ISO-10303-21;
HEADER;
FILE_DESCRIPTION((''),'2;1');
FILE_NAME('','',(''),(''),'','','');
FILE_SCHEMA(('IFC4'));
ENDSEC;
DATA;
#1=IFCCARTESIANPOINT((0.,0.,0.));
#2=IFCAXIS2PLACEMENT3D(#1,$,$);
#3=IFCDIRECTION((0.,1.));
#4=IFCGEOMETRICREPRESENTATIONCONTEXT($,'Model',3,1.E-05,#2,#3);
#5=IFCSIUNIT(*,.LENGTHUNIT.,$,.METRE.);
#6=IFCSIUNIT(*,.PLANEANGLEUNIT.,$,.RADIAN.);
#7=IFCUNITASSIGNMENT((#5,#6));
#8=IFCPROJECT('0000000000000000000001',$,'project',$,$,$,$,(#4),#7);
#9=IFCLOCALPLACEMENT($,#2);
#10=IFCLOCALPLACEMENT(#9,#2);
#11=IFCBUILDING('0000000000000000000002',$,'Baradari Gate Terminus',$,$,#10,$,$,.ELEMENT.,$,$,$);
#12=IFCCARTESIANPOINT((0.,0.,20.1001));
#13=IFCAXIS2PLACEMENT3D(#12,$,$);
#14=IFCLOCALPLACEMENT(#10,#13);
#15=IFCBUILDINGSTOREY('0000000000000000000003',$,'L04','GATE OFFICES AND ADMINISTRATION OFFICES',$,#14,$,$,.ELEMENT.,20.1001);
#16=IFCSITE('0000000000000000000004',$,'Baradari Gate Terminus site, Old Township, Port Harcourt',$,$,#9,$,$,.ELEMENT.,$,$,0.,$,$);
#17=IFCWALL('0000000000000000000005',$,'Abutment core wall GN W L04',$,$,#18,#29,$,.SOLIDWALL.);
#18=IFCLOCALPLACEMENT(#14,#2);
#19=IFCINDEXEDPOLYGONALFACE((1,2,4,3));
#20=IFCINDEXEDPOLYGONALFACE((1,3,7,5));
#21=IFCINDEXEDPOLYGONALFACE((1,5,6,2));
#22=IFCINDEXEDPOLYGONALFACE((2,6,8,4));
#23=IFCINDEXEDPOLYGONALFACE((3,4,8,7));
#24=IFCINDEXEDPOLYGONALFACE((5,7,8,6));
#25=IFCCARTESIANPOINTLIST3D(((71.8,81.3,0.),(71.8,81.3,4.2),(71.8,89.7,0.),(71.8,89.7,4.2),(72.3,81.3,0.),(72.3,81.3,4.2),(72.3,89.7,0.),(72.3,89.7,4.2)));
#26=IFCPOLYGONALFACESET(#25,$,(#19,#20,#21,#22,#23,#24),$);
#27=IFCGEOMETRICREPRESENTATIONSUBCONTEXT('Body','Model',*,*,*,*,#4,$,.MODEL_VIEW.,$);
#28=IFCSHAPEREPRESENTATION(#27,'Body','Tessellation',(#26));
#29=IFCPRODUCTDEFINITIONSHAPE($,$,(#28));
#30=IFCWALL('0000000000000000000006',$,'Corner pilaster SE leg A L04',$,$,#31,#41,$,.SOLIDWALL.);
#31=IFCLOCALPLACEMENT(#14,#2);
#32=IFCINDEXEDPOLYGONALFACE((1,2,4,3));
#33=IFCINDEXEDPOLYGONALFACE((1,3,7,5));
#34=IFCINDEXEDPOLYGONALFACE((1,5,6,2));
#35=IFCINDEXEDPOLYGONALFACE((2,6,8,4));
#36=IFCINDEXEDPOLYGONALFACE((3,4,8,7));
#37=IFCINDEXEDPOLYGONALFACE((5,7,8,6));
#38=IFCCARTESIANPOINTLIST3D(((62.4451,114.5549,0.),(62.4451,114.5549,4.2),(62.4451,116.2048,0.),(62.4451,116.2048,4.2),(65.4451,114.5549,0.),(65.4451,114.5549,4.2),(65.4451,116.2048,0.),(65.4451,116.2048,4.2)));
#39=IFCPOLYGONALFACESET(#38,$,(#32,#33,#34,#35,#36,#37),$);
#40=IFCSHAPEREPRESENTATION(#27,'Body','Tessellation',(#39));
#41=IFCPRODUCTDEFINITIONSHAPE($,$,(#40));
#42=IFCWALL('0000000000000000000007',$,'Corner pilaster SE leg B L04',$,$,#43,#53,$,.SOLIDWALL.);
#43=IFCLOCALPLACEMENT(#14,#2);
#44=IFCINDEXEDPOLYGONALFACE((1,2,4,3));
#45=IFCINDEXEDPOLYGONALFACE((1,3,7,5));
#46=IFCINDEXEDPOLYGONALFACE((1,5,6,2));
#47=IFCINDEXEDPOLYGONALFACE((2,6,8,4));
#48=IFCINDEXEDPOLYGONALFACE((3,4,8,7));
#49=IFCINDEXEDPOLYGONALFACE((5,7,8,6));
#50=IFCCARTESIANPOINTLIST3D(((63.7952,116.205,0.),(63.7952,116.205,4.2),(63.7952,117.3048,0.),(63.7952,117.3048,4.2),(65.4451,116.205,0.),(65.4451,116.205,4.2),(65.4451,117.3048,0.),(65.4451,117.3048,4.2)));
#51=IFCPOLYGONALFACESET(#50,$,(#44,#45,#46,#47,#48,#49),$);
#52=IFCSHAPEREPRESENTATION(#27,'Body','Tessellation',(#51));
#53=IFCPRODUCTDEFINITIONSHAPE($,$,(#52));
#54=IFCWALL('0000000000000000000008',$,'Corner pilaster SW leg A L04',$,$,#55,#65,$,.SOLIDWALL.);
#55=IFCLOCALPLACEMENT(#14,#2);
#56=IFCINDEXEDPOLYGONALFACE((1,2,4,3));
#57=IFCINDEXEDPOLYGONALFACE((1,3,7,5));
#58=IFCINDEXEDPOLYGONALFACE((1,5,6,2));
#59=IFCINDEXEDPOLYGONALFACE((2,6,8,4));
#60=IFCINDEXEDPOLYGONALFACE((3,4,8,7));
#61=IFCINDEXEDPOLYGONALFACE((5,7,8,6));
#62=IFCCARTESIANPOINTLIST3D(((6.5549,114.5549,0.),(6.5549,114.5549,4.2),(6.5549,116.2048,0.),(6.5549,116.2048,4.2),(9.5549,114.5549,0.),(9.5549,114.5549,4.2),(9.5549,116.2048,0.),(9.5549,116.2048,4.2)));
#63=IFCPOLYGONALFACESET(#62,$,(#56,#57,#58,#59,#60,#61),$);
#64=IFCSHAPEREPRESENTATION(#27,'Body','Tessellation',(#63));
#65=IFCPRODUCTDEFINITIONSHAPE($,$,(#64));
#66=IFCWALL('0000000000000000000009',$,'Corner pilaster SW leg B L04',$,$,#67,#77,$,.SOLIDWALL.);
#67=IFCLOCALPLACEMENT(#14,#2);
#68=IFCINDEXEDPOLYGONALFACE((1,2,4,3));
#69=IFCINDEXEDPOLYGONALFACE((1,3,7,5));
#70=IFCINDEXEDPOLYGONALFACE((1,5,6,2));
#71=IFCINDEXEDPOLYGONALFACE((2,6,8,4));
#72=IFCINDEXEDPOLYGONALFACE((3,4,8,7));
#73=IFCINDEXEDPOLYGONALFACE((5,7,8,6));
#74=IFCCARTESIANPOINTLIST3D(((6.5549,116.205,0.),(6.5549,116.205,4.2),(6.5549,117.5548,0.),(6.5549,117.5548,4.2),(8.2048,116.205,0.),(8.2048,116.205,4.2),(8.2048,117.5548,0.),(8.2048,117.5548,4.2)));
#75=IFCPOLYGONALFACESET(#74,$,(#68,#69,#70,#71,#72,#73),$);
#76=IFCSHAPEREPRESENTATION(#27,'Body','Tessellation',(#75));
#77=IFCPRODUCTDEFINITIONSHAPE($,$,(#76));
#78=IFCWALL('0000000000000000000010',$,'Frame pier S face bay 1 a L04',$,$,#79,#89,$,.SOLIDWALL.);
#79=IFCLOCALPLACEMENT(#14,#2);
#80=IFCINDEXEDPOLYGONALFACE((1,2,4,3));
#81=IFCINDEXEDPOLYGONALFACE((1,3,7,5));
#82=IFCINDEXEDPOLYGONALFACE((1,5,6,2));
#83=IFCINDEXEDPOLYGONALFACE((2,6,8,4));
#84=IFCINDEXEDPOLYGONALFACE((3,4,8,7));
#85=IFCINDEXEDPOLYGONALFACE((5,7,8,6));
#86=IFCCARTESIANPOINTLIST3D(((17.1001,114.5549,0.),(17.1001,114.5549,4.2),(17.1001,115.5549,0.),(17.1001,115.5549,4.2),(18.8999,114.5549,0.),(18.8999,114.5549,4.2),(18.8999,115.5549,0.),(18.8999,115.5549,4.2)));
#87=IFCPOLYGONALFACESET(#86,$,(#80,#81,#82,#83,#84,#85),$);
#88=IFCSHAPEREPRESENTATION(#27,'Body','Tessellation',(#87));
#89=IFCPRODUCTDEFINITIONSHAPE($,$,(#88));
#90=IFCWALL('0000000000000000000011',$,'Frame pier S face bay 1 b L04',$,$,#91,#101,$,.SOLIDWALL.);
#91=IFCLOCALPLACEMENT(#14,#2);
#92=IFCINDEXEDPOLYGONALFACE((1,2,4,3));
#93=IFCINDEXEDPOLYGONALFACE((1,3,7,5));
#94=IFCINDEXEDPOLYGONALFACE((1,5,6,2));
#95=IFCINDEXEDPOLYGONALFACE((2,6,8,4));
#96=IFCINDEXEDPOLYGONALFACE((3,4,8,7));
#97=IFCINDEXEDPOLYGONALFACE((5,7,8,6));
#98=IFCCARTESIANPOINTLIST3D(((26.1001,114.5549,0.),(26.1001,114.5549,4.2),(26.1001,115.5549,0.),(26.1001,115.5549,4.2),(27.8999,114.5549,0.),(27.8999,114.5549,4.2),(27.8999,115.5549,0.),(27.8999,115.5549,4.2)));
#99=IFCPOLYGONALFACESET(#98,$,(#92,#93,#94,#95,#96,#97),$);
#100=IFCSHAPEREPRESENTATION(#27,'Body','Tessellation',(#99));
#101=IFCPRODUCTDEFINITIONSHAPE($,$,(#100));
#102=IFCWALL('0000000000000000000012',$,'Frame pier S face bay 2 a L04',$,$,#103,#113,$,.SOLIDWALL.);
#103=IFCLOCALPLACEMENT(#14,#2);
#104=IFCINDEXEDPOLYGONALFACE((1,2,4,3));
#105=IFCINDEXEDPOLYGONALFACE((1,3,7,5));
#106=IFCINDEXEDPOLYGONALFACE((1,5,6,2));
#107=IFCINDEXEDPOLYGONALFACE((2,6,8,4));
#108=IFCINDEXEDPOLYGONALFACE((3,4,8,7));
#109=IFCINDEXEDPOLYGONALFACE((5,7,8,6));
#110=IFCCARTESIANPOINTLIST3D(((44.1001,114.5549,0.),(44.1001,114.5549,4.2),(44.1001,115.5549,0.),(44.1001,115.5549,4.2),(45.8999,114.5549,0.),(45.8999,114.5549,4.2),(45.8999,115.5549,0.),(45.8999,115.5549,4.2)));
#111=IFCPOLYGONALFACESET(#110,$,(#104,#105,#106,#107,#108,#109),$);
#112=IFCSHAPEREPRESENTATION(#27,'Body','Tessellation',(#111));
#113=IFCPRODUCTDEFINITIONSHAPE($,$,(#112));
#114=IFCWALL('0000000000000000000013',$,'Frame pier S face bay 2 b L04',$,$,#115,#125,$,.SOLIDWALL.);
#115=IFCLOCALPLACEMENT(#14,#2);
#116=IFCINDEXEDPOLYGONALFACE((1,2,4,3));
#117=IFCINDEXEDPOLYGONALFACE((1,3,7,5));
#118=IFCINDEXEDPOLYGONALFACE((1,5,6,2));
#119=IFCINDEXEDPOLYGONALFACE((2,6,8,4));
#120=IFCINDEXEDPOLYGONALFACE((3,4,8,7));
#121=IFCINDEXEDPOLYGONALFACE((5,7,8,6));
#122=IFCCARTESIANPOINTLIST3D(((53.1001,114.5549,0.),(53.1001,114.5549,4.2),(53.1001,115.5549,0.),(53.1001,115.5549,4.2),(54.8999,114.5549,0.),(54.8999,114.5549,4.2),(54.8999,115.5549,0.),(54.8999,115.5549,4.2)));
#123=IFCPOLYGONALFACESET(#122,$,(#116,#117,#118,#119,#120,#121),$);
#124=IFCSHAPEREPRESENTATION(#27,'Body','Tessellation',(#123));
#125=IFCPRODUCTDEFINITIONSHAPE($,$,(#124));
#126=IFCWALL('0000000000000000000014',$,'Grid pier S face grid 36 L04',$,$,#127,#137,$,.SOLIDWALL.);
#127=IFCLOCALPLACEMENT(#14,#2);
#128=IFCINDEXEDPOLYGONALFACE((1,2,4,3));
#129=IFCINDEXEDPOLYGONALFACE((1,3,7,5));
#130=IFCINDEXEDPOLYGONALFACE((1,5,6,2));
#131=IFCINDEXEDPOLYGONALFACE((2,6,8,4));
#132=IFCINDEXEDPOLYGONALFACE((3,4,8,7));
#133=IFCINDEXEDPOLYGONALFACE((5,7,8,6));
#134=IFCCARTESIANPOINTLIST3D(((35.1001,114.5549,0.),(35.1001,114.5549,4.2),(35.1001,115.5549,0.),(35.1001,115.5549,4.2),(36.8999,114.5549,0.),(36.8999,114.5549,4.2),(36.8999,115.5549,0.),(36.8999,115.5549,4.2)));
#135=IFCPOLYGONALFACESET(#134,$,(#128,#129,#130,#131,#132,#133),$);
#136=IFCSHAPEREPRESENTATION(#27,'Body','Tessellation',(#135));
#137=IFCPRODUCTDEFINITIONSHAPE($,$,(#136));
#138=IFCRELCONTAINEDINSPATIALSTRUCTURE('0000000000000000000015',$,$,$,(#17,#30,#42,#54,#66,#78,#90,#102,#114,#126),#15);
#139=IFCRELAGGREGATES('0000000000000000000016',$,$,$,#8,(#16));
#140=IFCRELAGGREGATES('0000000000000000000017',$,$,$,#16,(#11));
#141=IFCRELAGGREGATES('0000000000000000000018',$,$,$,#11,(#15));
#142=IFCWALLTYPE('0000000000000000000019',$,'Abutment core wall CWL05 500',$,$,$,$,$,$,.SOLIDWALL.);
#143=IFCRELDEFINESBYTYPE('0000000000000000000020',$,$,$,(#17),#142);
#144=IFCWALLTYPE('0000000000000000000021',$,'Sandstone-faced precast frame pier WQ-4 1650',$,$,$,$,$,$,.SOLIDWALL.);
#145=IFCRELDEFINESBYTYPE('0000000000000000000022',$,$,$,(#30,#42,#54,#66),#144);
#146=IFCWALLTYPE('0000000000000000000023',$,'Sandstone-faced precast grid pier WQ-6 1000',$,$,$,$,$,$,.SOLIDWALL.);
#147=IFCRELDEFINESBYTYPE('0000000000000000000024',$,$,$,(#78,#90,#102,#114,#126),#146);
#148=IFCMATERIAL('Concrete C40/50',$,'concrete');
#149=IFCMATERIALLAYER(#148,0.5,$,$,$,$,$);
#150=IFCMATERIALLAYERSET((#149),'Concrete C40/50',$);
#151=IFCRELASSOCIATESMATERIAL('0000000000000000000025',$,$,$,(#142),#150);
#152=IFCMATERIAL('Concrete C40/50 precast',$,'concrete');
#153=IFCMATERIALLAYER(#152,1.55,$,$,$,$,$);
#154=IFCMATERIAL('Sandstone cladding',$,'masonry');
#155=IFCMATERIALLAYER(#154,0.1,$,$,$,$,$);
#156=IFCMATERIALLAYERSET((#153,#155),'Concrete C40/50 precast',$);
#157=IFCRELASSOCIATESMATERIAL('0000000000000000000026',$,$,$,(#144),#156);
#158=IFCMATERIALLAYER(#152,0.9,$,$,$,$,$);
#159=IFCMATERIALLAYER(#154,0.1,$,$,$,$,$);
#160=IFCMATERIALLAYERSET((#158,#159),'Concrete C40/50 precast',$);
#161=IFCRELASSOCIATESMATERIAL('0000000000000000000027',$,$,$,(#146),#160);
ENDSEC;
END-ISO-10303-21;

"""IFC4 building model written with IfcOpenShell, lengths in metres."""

from ifc_helpers import new_model, si_unit, direction, frame, frame_2d, origin, place, context, subcontext, project, spatial, rectangle, extrude, material, layer, layer_set, type_object, element, save


model = new_model("IFC4")

# Units and contexts
model_context = context("Model", 3, precision=1e-05, world=origin(), true_north=direction((0.0, 1.0)))
body_context = subcontext(model_context, "Body", "Model", "MODEL_VIEW")
ifc_project = project(units=[si_unit("LENGTHUNIT", "METRE"), si_unit("PLANEANGLEUNIT", "RADIAN")], contexts=[model_context])

# Site, building, storey
site_placement = place(None, origin())
site = spatial("IfcSite", under=ifc_project, at=site_placement, Name="Baradari Gate Terminus site, Old Township, Port Harcourt", CompositionType="ELEMENT", RefElevation=0.0)
building_placement = place(site_placement, origin())
building = spatial("IfcBuilding", under=site, at=building_placement, Name="Baradari Gate Terminus", CompositionType="ELEMENT")
storey_placement = place(building_placement, frame((0.0, 0.0, 20.1001)))
storey = spatial("IfcBuildingStorey", under=building, at=storey_placement, Name="L04", Description="GATE OFFICES AND ADMINISTRATION OFFICES", CompositionType="ELEMENT", Elevation=20.1001)

# Shared definitions
ifc_material_1 = material(Name="Concrete C40/50", Category="concrete")
ifc_layer_1 = layer(ifc_material_1, 0.5)
ifc_layer_set_1 = layer_set([ifc_layer_1], Name="Concrete C40/50")
wall_type_1 = type_object("IfcWallType", Name="Abutment core wall CWL05 500", PredefinedType="SOLIDWALL", material=ifc_layer_set_1)

# Walls
wall_1_placement = place(storey_placement, frame((72.05, 81.3, 0.0), z_axis=(0.0, 0.0, 1.0), x_axis=(0.0, 1.0, 0.0)))
element("IfcWall", 1, at=wall_1_placement, inside=storey, type_object=wall_type_1, Name="Abutment core wall GN W L04", PredefinedType="SOLIDWALL", context=body_context, shape_type="SweptSolid", body=[
    extrude(rectangle(XDim=8.3999, YDim=0.5, at=frame_2d((4.2, 0.0))), origin(), (0.0, 0.0, 1.0), 4.2),
])
ifc_material_2 = material(Name="Concrete C40/50 precast", Category="concrete")
ifc_layer_2 = layer(ifc_material_2, 1.55)
ifc_material_3 = material(Name="Sandstone cladding", Category="masonry")
ifc_layer_3 = layer(ifc_material_3, 0.1)
ifc_layer_set_2 = layer_set([ifc_layer_2, ifc_layer_3], Name="Concrete C40/50 precast")
wall_type_2 = type_object("IfcWallType", Name="Sandstone-faced precast frame pier WQ-4 1650", PredefinedType="SOLIDWALL", material=ifc_layer_set_2)
wall_2_placement = place(storey_placement, frame((62.4451, 115.3799, 0.0), z_axis=(0.0, 0.0, 1.0), x_axis=(1.0, 0.0, 0.0)))
element("IfcWall", 2, at=wall_2_placement, inside=storey, type_object=wall_type_2, Name="Corner pilaster SE leg A L04", PredefinedType="SOLIDWALL", context=body_context, shape_type="SweptSolid", body=[
    extrude(rectangle(XDim=3.0, YDim=1.6499, at=frame_2d((1.5, 0.0))), origin(), (0.0, 0.0, 1.0), 4.2),
])
wall_3_placement = place(storey_placement, frame((64.6201, 116.2051, 0.0), z_axis=(0.0, 0.0, 1.0), x_axis=(0.0, 1.0, 0.0)))
element("IfcWall", 3, at=wall_3_placement, inside=storey, type_object=wall_type_2, Name="Corner pilaster SE leg B L04", PredefinedType="SOLIDWALL", context=body_context, shape_type="SweptSolid", body=[
    extrude(rectangle(XDim=1.0999, YDim=1.6499, at=frame_2d((0.5498, 0.0))), origin(), (0.0, 0.0, 1.0), 4.2),
])
wall_4_placement = place(storey_placement, frame((6.5549, 115.3799, 0.0), z_axis=(0.0, 0.0, 1.0), x_axis=(1.0, 0.0, 0.0)))
element("IfcWall", 4, at=wall_4_placement, inside=storey, type_object=wall_type_2, Name="Corner pilaster SW leg A L04", PredefinedType="SOLIDWALL", context=body_context, shape_type="SweptSolid", body=[
    extrude(rectangle(XDim=3.0, YDim=1.6499, at=frame_2d((1.5, 0.0))), origin(), (0.0, 0.0, 1.0), 4.2),
])
wall_5_placement = place(storey_placement, frame((7.3799, 116.2051, 0.0), z_axis=(0.0, 0.0, 1.0), x_axis=(0.0, 1.0, 0.0)))
element("IfcWall", 5, at=wall_5_placement, inside=storey, type_object=wall_type_2, Name="Corner pilaster SW leg B L04", PredefinedType="SOLIDWALL", context=body_context, shape_type="SweptSolid", body=[
    extrude(rectangle(XDim=1.3499, YDim=1.6499, at=frame_2d((0.6748, 0.0))), origin(), (0.0, 0.0, 1.0), 4.2),
])
ifc_layer_4 = layer(ifc_material_2, 0.9)
ifc_layer_5 = layer(ifc_material_3, 0.1)
ifc_layer_set_3 = layer_set([ifc_layer_4, ifc_layer_5], Name="Concrete C40/50 precast")
wall_type_3 = type_object("IfcWallType", Name="Sandstone-faced precast grid pier WQ-6 1000", PredefinedType="SOLIDWALL", material=ifc_layer_set_3)
for number, where, z_axis, x_axis, name in (
    (6, (17.1001, 115.0549, 0.0), (0.0, 0.0, 1.0), (1.0, 0.0, 0.0), "Frame pier S face bay 1 a L04"),
    (7, (26.1001, 115.0549, 0.0), (0.0, 0.0, 1.0), (1.0, 0.0, 0.0), "Frame pier S face bay 1 b L04"),
    (8, (44.1001, 115.0549, 0.0), (0.0, 0.0, 1.0), (1.0, 0.0, 0.0), "Frame pier S face bay 2 a L04"),
    (9, (53.1001, 115.0549, 0.0), (0.0, 0.0, 1.0), (1.0, 0.0, 0.0), "Frame pier S face bay 2 b L04"),
    (10, (35.1001, 115.0549, 0.0), (0.0, 0.0, 1.0), (1.0, 0.0, 0.0), "Grid pier S face grid 36 L04"),
):
    element("IfcWall", number, at=place(storey_placement, frame(where, z_axis=z_axis, x_axis=x_axis)), inside=storey, type_object=wall_type_3, Name=name, PredefinedType="SOLIDWALL", context=body_context, shape_type="SweptSolid", body=[
        extrude(rectangle(XDim=1.7998, YDim=1.0, at=frame_2d((0.8999, 0.0))), origin(), (0.0, 0.0, 1.0), 4.2),
    ])

save(model, "model.ifc")
